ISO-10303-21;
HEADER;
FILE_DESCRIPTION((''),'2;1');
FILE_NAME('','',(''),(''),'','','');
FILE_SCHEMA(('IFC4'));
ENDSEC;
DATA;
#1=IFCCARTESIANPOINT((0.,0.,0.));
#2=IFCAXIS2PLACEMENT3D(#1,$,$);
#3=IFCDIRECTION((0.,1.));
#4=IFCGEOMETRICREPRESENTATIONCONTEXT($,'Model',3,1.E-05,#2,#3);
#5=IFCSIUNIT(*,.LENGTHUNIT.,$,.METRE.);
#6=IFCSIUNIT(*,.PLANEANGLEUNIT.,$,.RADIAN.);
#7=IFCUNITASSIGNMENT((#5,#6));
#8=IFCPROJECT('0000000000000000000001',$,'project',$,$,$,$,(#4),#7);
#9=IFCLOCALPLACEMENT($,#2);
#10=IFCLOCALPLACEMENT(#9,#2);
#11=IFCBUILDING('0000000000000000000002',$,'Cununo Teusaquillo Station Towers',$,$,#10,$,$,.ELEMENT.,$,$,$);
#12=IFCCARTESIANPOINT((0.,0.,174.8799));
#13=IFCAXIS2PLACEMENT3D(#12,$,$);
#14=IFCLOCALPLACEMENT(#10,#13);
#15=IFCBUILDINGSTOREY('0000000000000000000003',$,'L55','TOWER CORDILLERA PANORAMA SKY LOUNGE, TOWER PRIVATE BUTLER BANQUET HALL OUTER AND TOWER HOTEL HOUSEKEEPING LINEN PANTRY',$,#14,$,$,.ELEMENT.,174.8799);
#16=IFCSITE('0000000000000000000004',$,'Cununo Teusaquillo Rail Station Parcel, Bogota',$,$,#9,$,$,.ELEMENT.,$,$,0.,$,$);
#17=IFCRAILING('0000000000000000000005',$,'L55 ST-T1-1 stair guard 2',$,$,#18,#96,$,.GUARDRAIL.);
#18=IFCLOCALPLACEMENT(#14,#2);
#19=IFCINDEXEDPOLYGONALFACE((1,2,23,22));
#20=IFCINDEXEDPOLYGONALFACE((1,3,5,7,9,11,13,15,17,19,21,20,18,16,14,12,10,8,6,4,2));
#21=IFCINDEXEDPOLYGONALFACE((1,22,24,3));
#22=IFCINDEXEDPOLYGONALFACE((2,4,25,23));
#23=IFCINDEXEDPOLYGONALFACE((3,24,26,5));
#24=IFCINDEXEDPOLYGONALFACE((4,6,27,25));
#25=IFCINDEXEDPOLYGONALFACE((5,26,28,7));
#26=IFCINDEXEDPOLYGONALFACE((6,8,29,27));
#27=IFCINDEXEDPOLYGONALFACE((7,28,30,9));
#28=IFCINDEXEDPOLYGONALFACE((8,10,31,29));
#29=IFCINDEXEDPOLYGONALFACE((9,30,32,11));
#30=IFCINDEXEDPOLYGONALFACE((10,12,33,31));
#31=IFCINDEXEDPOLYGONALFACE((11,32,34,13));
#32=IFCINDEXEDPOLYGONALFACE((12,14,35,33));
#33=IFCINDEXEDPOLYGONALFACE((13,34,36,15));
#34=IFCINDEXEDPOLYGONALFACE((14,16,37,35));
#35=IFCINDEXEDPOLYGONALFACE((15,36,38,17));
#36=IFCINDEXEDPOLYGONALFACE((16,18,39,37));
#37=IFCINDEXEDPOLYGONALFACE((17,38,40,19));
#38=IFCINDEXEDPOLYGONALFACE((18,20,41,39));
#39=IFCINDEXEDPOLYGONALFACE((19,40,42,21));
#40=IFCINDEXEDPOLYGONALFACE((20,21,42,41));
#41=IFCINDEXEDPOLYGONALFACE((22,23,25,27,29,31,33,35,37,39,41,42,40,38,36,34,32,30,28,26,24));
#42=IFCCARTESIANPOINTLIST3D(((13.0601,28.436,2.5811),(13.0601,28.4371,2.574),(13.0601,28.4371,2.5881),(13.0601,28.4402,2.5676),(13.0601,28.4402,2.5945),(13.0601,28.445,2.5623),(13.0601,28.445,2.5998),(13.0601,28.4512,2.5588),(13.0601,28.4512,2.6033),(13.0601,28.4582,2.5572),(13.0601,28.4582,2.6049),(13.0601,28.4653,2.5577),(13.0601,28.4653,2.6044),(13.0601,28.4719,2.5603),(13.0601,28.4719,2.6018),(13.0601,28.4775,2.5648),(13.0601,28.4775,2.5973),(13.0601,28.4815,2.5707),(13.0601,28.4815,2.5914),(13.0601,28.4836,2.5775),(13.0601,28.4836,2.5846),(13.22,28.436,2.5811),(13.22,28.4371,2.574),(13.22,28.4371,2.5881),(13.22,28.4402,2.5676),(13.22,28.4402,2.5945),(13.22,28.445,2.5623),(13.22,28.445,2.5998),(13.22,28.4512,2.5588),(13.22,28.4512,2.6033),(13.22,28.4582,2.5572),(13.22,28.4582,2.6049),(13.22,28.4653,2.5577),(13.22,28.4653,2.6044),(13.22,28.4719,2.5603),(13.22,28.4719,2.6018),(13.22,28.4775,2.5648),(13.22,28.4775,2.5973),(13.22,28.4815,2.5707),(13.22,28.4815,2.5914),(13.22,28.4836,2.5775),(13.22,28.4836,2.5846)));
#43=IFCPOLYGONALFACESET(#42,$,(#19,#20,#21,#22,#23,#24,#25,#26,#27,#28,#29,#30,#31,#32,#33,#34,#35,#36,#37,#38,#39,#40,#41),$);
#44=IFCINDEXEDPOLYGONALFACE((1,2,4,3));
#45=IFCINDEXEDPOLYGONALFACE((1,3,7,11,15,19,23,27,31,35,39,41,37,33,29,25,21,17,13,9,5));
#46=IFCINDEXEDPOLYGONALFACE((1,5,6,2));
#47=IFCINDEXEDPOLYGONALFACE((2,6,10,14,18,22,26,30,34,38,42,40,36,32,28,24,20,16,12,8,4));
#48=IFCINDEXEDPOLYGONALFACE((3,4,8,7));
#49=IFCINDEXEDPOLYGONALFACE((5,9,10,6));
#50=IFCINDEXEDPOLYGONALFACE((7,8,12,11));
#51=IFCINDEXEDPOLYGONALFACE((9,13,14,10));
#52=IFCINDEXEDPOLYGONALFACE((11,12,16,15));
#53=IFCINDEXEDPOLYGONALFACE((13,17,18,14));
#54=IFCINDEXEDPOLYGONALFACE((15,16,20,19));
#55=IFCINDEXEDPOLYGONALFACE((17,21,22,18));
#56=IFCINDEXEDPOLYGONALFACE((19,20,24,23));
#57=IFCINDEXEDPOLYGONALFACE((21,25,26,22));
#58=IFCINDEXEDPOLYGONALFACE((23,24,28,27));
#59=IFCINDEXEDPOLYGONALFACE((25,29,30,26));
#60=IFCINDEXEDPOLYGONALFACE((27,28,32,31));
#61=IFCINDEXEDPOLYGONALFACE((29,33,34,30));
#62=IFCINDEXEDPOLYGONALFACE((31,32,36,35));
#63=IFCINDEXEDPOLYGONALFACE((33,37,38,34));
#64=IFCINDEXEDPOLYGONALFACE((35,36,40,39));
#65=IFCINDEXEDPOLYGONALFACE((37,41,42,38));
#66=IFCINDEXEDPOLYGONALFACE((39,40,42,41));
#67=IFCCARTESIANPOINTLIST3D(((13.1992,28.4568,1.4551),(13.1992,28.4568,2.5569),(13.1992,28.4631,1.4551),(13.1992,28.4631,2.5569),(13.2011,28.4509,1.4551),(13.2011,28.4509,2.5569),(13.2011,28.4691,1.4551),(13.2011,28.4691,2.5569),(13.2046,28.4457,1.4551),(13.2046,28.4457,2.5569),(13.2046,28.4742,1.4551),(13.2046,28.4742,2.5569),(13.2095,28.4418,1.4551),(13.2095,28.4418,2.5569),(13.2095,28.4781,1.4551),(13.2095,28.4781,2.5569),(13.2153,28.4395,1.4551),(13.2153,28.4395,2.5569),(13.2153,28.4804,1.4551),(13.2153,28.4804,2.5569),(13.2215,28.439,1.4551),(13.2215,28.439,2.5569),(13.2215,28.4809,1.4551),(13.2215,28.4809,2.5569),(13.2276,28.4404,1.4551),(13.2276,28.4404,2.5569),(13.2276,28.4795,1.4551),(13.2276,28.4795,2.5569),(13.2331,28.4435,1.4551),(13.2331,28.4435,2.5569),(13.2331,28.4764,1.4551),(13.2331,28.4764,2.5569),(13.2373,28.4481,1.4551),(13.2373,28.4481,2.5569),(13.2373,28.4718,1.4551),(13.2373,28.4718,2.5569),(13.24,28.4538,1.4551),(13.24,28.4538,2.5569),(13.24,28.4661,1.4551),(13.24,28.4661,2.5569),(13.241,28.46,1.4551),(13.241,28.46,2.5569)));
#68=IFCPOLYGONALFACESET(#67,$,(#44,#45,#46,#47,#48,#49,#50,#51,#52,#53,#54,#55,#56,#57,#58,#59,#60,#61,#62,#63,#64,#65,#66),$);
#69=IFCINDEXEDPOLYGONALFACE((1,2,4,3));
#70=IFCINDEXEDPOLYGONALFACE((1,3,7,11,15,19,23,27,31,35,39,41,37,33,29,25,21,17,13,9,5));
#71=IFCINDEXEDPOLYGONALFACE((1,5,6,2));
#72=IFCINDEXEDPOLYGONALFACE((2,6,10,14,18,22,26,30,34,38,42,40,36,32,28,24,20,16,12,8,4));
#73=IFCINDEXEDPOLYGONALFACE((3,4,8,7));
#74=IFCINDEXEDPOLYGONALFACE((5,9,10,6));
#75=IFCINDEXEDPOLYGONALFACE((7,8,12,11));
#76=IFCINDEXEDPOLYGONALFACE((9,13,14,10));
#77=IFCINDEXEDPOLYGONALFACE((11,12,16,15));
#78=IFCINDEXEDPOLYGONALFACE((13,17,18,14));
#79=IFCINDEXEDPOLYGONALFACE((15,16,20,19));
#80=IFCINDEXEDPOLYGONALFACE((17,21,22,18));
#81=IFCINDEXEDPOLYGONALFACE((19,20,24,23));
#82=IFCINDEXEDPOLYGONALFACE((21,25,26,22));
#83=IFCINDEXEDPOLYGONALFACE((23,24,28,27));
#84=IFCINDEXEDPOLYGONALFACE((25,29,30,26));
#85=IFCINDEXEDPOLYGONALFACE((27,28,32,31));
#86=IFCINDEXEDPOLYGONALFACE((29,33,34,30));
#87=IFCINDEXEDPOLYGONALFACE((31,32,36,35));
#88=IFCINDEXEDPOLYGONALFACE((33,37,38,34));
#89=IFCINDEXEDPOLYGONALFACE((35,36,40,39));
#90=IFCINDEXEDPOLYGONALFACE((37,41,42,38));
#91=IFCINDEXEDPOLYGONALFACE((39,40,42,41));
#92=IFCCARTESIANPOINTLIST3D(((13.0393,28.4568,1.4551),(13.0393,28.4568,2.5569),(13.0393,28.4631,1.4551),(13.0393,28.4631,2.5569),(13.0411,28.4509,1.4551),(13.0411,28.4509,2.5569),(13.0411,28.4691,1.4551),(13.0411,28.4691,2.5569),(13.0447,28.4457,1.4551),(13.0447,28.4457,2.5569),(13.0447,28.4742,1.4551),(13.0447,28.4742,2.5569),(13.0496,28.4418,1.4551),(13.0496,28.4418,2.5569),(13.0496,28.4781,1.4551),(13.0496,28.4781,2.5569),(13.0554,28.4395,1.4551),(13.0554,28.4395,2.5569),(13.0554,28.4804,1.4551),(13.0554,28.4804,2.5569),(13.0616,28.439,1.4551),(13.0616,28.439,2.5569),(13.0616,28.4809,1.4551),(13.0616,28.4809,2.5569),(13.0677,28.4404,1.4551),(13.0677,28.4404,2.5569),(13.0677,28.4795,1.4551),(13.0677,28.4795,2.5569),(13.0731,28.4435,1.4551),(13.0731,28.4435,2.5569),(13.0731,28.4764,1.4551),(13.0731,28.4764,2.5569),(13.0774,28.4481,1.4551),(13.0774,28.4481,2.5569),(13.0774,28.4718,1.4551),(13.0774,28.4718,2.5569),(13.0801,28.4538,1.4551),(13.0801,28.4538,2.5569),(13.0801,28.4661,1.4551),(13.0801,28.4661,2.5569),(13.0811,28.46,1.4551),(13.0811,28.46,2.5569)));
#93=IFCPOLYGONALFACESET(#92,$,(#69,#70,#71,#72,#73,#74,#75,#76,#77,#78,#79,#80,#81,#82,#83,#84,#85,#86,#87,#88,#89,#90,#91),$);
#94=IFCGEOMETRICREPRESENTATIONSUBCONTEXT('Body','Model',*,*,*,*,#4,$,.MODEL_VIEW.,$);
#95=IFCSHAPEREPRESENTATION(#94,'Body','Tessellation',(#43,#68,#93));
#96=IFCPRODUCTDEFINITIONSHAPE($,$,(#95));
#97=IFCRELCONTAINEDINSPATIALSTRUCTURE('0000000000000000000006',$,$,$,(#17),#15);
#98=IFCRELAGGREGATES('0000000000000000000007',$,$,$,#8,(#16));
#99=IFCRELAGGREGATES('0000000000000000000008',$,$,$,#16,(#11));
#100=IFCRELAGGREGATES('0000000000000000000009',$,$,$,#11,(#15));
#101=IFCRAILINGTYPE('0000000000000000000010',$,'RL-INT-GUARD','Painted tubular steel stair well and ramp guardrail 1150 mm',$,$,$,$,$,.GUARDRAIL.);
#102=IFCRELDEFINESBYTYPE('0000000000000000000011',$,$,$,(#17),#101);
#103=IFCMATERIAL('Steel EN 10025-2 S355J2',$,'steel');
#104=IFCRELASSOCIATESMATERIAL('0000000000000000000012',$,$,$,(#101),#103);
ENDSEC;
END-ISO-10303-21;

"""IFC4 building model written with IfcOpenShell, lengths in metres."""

from ifc_helpers import new_model, si_unit, direction, frame, origin, origin_2d, place, context, subcontext, project, spatial, circle, extrude, material, type_object, element, save


model = new_model("IFC4")

# Units and contexts
model_context = context("Model", 3, precision=1e-05, world=origin(), true_north=direction((0.0, 1.0)))
body_context = subcontext(model_context, "Body", "Model", "MODEL_VIEW")
ifc_project = project(units=[si_unit("LENGTHUNIT", "METRE"), si_unit("PLANEANGLEUNIT", "RADIAN")], contexts=[model_context])

# Site, building, storey
site_placement = place(None, origin())
site = spatial("IfcSite", under=ifc_project, at=site_placement, Name="Cununo Teusaquillo Rail Station Parcel, Bogota", CompositionType="ELEMENT", RefElevation=0.0)
building_placement = place(site_placement, origin())
building = spatial("IfcBuilding", under=site, at=building_placement, Name="Cununo Teusaquillo Station Towers", CompositionType="ELEMENT")
storey_placement = place(building_placement, frame((0.0, 0.0, 174.8799)))
storey = spatial("IfcBuildingStorey", under=building, at=storey_placement, Name="L55", Description="TOWER CORDILLERA PANORAMA SKY LOUNGE, TOWER PRIVATE BUTLER BANQUET HALL OUTER AND TOWER HOTEL HOUSEKEEPING LINEN PANTRY", CompositionType="ELEMENT", Elevation=174.8799)

# Railing
ifc_material_1 = material(Name="Steel EN 10025-2 S355J2", Category="steel")
railing_type_1 = type_object("IfcRailingType", Name="RL-INT-GUARD", Description="Painted tubular steel stair well and ramp guardrail 1150 mm", PredefinedType="GUARDRAIL", material=ifc_material_1)
railing_1_placement = place(storey_placement, frame((13.22, 28.46, 1.4551)))
element("IfcRailing", 1, at=railing_1_placement, inside=storey, type_object=railing_type_1, Name="L55 ST-T1-1 stair guard 2", PredefinedType="GUARDRAIL", context=body_context, shape_type="SweptSolid", body=[
    extrude(circle(Radius=0.0239, at=origin_2d()), frame((0.0, 0.0, 1.126), z_axis=(-1.0, 0.0, 0.0), x_axis=(0.0, -1.0, 0.0)), (0.0, 0.0, 1.0), 0.1599),
    extrude(circle(Radius=0.021, at=origin_2d()), origin(), (0.0, 0.0, 1.0), 1.1018),
    extrude(circle(Radius=0.021, at=origin_2d()), frame((-0.1599, 0.0, 0.0)), (0.0, 0.0, 1.0), 1.1018),
])

save(model, "model.ifc")
